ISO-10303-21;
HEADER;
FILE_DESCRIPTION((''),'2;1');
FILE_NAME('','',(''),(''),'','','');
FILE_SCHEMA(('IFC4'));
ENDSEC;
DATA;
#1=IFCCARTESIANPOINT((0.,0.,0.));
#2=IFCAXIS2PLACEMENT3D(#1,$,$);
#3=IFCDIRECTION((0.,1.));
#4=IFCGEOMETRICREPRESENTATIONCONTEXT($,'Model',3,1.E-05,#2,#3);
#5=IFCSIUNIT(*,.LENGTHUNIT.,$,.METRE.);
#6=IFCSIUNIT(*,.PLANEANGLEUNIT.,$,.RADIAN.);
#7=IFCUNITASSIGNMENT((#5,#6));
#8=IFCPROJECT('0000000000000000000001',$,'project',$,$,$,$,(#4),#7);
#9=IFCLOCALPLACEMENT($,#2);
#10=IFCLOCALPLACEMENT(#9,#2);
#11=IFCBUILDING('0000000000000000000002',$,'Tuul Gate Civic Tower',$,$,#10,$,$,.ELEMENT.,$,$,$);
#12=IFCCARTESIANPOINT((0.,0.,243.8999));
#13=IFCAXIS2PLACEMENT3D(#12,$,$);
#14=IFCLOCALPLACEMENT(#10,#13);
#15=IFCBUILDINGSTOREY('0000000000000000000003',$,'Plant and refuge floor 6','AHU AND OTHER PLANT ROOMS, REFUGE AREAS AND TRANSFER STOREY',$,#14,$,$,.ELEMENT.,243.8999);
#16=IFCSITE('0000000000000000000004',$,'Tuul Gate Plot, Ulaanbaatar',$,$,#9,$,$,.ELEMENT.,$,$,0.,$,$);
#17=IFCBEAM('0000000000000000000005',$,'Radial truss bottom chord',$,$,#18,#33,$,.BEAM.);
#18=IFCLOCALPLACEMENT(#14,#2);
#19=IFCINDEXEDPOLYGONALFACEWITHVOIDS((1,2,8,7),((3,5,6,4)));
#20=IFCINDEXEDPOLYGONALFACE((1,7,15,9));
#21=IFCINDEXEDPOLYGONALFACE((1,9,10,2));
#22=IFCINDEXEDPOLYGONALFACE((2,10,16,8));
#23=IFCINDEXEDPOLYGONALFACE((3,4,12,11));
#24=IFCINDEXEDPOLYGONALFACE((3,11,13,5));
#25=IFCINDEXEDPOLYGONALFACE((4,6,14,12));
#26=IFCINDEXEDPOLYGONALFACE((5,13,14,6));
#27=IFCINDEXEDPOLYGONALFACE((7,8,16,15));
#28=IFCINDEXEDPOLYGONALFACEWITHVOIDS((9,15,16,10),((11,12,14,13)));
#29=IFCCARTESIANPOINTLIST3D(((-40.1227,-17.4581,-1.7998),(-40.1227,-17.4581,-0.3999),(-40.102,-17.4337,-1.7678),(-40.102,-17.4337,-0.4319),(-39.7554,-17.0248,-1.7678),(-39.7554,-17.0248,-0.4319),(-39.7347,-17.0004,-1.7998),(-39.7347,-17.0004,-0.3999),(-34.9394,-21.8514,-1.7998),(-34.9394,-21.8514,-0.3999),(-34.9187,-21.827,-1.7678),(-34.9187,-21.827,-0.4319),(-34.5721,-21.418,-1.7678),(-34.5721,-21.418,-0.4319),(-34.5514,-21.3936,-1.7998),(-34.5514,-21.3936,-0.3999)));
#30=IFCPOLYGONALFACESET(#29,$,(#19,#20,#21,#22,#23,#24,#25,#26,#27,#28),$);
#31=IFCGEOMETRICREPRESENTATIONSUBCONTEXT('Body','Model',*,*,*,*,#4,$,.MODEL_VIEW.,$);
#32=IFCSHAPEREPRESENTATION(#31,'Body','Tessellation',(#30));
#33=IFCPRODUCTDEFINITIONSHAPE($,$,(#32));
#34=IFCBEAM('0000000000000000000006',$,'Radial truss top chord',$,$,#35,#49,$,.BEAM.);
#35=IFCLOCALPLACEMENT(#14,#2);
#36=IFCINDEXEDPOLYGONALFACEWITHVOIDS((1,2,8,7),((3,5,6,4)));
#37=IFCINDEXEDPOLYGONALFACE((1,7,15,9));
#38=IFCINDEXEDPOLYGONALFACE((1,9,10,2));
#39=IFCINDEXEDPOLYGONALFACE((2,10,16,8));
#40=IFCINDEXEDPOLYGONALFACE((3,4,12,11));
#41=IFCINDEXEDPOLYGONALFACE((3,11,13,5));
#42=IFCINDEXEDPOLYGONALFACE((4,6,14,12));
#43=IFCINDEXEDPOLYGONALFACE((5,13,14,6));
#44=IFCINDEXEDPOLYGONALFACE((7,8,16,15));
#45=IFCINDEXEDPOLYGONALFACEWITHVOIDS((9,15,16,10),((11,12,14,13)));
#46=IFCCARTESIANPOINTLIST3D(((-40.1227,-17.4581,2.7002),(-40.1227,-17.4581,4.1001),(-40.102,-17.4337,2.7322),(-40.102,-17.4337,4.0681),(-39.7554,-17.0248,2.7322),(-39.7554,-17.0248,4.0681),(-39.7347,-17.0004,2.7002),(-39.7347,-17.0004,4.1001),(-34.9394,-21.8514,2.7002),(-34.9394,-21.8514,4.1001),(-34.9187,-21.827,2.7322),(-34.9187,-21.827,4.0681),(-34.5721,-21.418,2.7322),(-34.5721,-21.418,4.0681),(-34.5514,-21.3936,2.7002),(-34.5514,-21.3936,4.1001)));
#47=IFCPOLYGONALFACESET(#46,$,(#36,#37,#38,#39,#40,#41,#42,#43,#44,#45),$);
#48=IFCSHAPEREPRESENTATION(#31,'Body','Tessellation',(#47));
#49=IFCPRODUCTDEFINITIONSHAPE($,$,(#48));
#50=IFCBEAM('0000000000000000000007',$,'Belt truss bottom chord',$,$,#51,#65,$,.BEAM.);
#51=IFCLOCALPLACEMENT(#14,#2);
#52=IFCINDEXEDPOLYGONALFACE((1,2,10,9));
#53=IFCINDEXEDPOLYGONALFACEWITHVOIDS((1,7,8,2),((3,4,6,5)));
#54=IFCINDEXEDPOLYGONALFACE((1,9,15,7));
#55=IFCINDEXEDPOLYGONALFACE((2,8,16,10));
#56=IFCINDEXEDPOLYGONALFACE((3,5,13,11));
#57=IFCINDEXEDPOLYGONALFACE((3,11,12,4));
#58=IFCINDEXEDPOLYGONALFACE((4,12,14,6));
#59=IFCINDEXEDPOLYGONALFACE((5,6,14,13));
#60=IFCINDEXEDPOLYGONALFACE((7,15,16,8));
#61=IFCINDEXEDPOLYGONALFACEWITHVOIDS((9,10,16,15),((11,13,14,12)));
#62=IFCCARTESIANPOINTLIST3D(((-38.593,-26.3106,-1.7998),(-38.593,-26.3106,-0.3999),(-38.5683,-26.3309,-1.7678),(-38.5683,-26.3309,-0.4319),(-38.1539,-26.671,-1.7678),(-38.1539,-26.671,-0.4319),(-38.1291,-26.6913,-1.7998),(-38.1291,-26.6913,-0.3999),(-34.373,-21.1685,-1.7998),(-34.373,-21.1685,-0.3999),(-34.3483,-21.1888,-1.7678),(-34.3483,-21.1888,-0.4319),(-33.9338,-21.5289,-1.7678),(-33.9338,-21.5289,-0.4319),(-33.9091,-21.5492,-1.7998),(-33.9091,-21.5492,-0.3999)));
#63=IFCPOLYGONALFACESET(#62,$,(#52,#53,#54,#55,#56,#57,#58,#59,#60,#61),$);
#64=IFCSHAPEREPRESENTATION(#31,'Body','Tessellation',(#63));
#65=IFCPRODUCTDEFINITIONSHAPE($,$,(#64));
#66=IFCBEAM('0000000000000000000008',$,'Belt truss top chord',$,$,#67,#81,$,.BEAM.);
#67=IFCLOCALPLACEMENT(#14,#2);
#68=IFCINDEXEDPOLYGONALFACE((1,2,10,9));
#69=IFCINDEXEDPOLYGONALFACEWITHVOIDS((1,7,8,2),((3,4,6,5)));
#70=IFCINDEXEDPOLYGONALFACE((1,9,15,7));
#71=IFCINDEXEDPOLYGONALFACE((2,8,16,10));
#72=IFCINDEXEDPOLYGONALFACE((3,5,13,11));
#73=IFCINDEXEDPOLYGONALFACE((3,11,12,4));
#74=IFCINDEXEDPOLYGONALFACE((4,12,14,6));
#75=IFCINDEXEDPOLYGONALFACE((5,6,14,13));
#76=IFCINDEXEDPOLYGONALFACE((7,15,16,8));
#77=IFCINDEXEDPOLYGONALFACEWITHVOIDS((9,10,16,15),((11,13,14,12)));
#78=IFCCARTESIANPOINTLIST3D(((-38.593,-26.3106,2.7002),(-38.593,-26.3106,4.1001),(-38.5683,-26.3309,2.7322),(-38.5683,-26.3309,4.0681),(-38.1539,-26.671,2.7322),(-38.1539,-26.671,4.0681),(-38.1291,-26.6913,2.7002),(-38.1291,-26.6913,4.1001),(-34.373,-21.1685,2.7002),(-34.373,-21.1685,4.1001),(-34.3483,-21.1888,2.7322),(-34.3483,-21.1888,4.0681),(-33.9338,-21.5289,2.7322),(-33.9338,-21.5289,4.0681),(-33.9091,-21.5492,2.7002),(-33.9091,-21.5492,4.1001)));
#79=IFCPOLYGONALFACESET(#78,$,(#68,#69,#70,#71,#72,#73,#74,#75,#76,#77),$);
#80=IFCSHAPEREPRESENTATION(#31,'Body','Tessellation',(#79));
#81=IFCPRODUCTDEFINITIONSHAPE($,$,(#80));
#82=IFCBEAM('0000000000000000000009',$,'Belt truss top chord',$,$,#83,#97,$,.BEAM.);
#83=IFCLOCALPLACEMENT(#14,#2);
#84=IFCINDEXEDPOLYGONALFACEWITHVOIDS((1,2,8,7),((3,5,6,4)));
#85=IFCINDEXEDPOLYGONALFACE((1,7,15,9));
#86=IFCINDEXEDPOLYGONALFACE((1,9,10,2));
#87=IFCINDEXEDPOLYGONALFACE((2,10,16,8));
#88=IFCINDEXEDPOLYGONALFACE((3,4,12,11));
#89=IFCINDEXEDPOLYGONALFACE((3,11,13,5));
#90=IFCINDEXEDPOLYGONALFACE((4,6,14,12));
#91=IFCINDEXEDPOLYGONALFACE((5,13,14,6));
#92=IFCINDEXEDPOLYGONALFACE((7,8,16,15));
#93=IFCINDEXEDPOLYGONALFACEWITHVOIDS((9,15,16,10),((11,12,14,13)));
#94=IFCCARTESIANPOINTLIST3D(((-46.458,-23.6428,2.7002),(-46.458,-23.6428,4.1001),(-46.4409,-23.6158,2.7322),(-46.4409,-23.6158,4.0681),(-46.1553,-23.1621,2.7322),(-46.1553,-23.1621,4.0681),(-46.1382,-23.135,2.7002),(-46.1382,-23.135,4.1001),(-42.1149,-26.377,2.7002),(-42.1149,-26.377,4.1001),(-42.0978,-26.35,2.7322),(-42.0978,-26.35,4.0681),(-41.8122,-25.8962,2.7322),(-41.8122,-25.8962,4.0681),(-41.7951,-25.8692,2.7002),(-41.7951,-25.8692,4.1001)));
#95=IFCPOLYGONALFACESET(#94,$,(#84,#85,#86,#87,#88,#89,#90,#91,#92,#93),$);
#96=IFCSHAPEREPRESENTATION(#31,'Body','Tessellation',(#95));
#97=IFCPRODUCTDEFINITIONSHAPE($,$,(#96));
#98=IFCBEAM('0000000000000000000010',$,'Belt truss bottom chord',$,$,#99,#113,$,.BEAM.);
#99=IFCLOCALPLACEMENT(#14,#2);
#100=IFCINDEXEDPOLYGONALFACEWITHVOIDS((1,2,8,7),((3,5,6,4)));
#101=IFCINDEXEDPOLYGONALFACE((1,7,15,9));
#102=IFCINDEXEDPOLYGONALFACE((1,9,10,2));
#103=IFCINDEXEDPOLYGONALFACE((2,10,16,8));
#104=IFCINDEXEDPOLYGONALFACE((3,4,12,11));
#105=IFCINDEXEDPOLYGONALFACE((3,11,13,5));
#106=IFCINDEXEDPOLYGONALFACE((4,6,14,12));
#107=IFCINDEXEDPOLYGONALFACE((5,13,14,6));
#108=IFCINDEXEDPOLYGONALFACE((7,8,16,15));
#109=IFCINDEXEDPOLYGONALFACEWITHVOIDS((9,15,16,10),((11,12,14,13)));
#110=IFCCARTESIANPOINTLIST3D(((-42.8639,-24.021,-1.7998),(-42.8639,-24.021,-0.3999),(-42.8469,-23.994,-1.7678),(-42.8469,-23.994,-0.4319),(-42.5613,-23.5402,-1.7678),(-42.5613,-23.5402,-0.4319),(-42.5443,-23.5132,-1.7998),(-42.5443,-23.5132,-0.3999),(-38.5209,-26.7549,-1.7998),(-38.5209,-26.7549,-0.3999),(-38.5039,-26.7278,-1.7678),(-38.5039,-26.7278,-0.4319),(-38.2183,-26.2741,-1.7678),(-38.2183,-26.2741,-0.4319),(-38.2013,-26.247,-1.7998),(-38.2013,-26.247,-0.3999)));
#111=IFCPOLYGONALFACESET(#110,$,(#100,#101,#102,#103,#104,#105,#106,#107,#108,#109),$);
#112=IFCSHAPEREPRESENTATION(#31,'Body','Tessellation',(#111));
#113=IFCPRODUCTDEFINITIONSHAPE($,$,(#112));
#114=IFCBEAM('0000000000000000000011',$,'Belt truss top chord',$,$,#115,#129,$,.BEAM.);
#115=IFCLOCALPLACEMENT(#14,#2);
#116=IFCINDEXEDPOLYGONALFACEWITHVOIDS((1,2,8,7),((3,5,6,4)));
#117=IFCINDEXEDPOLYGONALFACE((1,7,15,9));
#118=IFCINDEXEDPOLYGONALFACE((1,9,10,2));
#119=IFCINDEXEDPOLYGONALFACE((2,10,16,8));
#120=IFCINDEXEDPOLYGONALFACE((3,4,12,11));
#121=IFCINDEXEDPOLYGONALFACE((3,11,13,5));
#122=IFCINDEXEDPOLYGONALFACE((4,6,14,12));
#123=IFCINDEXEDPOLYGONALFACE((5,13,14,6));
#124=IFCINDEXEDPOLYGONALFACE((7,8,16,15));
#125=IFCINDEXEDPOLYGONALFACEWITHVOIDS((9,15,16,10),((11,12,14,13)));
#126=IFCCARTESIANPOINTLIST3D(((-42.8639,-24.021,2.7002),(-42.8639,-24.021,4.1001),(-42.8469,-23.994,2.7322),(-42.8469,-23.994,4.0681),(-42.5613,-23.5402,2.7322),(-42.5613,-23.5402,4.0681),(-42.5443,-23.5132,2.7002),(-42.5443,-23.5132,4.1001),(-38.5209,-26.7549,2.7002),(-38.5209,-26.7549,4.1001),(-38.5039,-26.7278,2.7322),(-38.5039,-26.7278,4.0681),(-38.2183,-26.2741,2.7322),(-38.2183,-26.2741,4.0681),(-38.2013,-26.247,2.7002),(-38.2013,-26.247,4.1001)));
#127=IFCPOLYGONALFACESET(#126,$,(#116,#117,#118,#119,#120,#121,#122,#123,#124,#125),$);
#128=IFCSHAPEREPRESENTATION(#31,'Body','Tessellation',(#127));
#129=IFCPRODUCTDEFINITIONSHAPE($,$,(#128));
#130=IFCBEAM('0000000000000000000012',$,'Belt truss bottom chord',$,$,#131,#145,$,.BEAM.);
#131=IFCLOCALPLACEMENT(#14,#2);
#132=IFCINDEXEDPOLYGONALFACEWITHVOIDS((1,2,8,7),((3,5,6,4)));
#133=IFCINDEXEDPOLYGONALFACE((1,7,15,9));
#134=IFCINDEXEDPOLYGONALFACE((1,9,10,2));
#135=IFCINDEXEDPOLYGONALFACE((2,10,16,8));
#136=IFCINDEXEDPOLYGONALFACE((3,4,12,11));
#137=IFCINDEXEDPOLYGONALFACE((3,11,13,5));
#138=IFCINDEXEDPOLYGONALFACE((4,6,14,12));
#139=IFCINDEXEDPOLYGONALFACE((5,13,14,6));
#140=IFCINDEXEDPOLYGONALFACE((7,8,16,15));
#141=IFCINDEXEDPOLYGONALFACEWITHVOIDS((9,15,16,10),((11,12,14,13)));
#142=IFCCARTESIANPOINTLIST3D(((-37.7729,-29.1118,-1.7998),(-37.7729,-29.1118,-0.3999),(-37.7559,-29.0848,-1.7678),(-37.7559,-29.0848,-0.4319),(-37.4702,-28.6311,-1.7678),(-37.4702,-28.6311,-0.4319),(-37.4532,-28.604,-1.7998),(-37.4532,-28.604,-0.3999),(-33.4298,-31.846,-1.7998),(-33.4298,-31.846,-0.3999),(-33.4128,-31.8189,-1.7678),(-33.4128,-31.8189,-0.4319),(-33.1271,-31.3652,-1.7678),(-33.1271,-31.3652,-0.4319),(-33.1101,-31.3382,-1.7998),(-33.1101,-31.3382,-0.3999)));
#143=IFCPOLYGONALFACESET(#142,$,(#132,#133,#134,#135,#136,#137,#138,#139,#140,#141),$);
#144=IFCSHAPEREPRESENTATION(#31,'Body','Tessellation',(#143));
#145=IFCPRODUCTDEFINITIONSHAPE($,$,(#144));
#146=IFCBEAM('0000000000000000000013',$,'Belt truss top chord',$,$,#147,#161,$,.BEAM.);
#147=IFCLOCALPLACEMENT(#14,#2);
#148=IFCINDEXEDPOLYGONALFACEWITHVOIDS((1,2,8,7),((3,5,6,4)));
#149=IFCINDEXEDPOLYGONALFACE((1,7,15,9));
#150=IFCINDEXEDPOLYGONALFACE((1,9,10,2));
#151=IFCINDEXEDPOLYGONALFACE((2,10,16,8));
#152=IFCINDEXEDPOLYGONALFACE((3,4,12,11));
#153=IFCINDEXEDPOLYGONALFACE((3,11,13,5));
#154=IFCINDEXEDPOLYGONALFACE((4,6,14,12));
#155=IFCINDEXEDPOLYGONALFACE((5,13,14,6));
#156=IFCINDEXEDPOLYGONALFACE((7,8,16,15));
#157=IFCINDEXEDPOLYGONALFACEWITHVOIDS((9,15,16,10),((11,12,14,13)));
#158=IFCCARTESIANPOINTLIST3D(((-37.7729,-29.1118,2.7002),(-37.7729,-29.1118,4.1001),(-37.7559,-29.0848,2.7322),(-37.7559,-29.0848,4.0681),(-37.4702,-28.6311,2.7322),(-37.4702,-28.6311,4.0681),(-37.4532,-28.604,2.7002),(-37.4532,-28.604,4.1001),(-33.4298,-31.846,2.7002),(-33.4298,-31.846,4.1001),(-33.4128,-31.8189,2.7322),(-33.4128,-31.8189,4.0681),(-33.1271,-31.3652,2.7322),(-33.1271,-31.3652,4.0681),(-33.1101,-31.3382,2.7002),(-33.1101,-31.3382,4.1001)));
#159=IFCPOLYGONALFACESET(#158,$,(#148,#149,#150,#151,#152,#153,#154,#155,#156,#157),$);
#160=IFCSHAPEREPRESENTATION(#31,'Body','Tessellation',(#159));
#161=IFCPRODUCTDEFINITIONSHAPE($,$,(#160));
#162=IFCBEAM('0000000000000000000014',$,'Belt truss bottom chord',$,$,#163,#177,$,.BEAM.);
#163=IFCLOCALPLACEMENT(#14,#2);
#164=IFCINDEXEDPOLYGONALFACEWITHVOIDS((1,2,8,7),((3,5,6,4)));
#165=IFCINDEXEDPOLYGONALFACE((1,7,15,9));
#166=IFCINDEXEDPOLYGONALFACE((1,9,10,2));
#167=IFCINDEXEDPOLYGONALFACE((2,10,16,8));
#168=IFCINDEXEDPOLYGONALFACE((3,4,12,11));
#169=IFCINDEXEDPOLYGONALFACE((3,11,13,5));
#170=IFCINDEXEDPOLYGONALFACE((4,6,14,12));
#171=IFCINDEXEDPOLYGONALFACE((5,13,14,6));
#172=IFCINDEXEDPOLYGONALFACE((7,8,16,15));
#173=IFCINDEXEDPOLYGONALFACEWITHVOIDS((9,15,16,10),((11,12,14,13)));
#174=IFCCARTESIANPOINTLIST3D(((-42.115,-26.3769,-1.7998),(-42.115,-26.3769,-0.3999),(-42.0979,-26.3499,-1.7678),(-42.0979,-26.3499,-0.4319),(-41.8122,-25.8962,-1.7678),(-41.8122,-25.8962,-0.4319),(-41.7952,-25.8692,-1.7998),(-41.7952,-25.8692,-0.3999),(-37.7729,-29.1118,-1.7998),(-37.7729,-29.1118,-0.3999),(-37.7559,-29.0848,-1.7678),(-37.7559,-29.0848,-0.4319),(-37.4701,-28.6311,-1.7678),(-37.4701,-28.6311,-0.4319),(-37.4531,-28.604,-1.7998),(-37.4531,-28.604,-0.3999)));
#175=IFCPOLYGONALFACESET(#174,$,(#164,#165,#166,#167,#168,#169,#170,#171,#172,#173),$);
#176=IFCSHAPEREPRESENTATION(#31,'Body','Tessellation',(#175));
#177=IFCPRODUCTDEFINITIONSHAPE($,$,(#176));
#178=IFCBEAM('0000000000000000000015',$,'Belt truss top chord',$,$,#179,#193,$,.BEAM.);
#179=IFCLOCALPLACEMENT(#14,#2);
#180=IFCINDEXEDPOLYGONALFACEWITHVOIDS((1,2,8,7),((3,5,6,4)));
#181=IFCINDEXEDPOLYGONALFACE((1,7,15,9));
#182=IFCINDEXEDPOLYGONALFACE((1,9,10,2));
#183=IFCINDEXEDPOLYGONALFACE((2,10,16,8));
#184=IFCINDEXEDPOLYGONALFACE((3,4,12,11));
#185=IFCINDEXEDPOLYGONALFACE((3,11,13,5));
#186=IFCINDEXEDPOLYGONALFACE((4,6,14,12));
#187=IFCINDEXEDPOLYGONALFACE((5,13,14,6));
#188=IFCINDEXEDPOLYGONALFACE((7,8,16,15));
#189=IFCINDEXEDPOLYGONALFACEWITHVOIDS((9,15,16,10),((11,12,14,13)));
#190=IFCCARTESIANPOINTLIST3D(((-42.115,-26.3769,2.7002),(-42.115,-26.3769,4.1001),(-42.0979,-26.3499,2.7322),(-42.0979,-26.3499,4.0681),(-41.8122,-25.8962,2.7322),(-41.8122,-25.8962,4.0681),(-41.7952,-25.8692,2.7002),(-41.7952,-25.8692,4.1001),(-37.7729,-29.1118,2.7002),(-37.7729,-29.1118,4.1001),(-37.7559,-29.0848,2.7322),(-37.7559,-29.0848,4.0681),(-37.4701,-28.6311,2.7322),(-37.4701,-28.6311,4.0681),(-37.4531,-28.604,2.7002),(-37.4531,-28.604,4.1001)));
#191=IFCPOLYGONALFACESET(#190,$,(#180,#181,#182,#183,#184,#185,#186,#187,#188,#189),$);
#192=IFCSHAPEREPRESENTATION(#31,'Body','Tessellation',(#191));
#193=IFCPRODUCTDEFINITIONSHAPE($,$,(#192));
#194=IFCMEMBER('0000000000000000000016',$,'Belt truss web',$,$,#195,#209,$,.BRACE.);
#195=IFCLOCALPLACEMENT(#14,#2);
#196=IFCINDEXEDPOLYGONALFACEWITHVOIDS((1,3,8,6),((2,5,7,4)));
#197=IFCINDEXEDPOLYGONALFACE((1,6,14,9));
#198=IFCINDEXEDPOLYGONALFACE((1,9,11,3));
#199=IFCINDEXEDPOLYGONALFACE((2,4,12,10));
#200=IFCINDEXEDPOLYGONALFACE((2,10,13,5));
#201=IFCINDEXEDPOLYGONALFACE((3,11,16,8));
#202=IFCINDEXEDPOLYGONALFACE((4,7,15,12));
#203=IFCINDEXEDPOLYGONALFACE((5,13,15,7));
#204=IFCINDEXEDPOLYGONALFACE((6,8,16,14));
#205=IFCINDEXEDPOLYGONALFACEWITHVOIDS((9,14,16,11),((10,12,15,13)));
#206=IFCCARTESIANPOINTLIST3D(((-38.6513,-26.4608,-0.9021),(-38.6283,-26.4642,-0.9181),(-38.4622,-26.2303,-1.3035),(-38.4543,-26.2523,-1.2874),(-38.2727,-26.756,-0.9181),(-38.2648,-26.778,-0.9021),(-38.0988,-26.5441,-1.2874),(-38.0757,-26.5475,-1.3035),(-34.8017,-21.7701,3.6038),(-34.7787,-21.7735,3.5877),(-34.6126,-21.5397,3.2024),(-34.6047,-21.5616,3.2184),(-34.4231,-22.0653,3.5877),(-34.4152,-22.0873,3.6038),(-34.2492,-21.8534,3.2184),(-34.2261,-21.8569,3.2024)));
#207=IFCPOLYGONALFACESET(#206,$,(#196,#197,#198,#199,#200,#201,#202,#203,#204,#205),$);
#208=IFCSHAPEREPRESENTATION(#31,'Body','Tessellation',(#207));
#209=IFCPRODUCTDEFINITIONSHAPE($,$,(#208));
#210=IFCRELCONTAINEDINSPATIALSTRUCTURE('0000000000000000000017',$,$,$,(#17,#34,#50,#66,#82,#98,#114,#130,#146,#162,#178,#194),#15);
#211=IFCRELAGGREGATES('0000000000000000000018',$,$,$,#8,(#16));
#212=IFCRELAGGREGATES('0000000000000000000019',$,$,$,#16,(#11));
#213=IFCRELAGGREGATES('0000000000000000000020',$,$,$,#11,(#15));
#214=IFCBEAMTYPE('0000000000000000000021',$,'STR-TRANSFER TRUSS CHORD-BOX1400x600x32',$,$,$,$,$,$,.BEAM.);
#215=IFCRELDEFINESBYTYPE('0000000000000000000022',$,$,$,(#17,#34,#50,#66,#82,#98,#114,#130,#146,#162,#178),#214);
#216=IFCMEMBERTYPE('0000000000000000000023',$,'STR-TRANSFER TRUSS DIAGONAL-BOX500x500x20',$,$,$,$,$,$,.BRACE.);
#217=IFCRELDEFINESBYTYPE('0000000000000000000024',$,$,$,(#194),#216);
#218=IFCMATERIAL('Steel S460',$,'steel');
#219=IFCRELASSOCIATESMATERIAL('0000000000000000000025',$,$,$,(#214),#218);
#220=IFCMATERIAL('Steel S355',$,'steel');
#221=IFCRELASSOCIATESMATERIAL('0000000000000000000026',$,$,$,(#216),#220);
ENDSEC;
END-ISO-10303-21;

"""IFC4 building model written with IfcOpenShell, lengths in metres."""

from ifc_helpers import new_model, si_unit, direction, frame, origin, origin_2d, place, context, subcontext, project, spatial, hollow_rectangle, extrude, material, material_profile, profile_set, type_object, element, save


model = new_model("IFC4")

# Units and contexts
model_context = context("Model", 3, precision=1e-05, world=origin(), true_north=direction((0.0, 1.0)))
body_context = subcontext(model_context, "Body", "Model", "MODEL_VIEW")
ifc_project = project(units=[si_unit("LENGTHUNIT", "METRE"), si_unit("PLANEANGLEUNIT", "RADIAN")], contexts=[model_context])

# Site, building, storey
site_placement = place(None, origin())
site = spatial("IfcSite", under=ifc_project, at=site_placement, Name="Tuul Gate Plot, Ulaanbaatar", CompositionType="ELEMENT", RefElevation=0.0)
building_placement = place(site_placement, origin())
building = spatial("IfcBuilding", under=site, at=building_placement, Name="Tuul Gate Civic Tower", CompositionType="ELEMENT")
storey_placement = place(building_placement, frame((0.0, 0.0, 243.8999)))
storey = spatial("IfcBuildingStorey", under=building, at=storey_placement, Name="Plant and refuge floor 6", Description="AHU AND OTHER PLANT ROOMS, REFUGE AREAS AND TRANSFER STOREY", CompositionType="ELEMENT", Elevation=243.8999)

# Beams
ifc_material_1 = material(Name="Steel S460", Category="steel")
ifc_material_profile_1 = material_profile(ifc_material_1, hollow_rectangle(XDim=0.6001, YDim=1.3999, WallThickness=0.032, at=origin_2d()), Name="BOX1400x600x32")
ifc_profile_set_1 = profile_set([ifc_material_profile_1], Name="Steel S460")
beam_type = type_object("IfcBeamType", Name="STR-TRANSFER TRUSS CHORD-BOX1400x600x32", PredefinedType="BEAM", material=ifc_profile_set_1)
for number, where, z_axis, x_axis, name in (
    (1, (-39.9287, -17.2292, -1.0999), (0.762849, -0.646577, 0.0), (0.646577, 0.762849, 0.0), "Radial truss bottom chord"),
    (2, (-39.9287, -17.2292, 3.4001), (0.762849, -0.646577, 0.0), (0.646577, 0.762849, 0.0), "Radial truss top chord"),
):
    element("IfcBeam", number, at=place(storey_placement, frame(where, z_axis=z_axis, x_axis=x_axis)), inside=storey, type_object=beam_type, Name=name, PredefinedType="BEAM", context=body_context, shape_type="SweptSolid", body=[
        extrude(hollow_rectangle(XDim=0.6001, YDim=1.3999, WallThickness=0.032, at=origin_2d()), origin(), (0.0, 0.0, 1.0), 6.7947),
    ])
for number, where, z_axis, x_axis, name in (
    (3, (-38.3611, -26.501, -1.0999), (0.63439, 0.773013, 0.0), (-0.773013, 0.63439, 0.0), "Belt truss bottom chord"),
    (4, (-38.3611, -26.501, 3.4001), (0.63439, 0.773013, 0.0), (-0.773013, 0.63439, 0.0), "Belt truss top chord"),
):
    element("IfcBeam", number, at=place(storey_placement, frame(where, z_axis=z_axis, x_axis=x_axis)), inside=storey, type_object=beam_type, Name=name, PredefinedType="BEAM", context=body_context, shape_type="SweptSolid", body=[
        extrude(hollow_rectangle(XDim=0.6001, YDim=1.3999, WallThickness=0.032, at=origin_2d()), origin(), (0.0, 0.0, 1.0), 6.6521),
    ])
beam_placement = place(storey_placement, frame((-46.2981, -23.3889, 3.4001), z_axis=(0.846265, -0.532763, 0.0), x_axis=(0.532763, 0.846265, 0.0)))
element("IfcBeam", 5, at=beam_placement, inside=storey, type_object=beam_type, Name="Belt truss top chord", PredefinedType="BEAM", context=body_context, shape_type="SweptSolid", body=[
    extrude(hollow_rectangle(XDim=0.6001, YDim=1.3999, WallThickness=0.032, at=origin_2d()), origin(), (0.0, 0.0, 1.0), 5.1321),
])
for number, where, z_axis, x_axis, name in (
    (6, (-42.7041, -23.7671, -1.0999), (0.846286, -0.532729, 0.0), (0.532729, 0.846286, 0.0), "Belt truss bottom chord"),
    (7, (-42.7041, -23.7671, 3.4001), (0.846286, -0.532729, 0.0), (0.532729, 0.846286, 0.0), "Belt truss top chord"),
):
    element("IfcBeam", number, at=place(storey_placement, frame(where, z_axis=z_axis, x_axis=x_axis)), inside=storey, type_object=beam_type, Name=name, PredefinedType="BEAM", context=body_context, shape_type="SweptSolid", body=[
        extrude(hollow_rectangle(XDim=0.6001, YDim=1.3999, WallThickness=0.032, at=origin_2d()), origin(), (0.0, 0.0, 1.0), 5.1318),
    ])
for number, where, z_axis, x_axis, name in (
    (8, (-37.613, -28.8579, -1.0999), (0.846265, -0.532763, 0.0), (0.532763, 0.846265, 0.0), "Belt truss bottom chord"),
    (9, (-37.613, -28.8579, 3.4001), (0.846265, -0.532763, 0.0), (0.532763, 0.846265, 0.0), "Belt truss top chord"),
):
    element("IfcBeam", number, at=place(storey_placement, frame(where, z_axis=z_axis, x_axis=x_axis)), inside=storey, type_object=beam_type, Name=name, PredefinedType="BEAM", context=body_context, shape_type="SweptSolid", body=[
        extrude(hollow_rectangle(XDim=0.6001, YDim=1.3999, WallThickness=0.032, at=origin_2d()), origin(), (0.0, 0.0, 1.0), 5.1321),
    ])
for number, where, z_axis, x_axis, name in (
    (10, (-41.9551, -26.123, -1.0999), (0.846146, -0.532951, 0.0), (0.532951, 0.846146, 0.0), "Belt truss bottom chord"),
    (11, (-41.9551, -26.123, 3.4001), (0.846146, -0.532951, 0.0), (0.532951, 0.846146, 0.0), "Belt truss top chord"),
):
    element("IfcBeam", number, at=place(storey_placement, frame(where, z_axis=z_axis, x_axis=x_axis)), inside=storey, type_object=beam_type, Name=name, PredefinedType="BEAM", context=body_context, shape_type="SweptSolid", body=[
        extrude(hollow_rectangle(XDim=0.6001, YDim=1.3999, WallThickness=0.032, at=origin_2d()), origin(), (0.0, 0.0, 1.0), 5.1316),
    ])

# Member
ifc_material_2 = material(Name="Steel S355", Category="steel")
ifc_material_profile_2 = material_profile(ifc_material_2, hollow_rectangle(XDim=0.5, YDim=0.5, WallThickness=0.02, at=origin_2d()), Name="BOX500x500x20")
ifc_profile_set_2 = profile_set([ifc_material_profile_2], Name="Steel S355")
member_type_1 = type_object("IfcMemberType", Name="STR-TRANSFER TRUSS DIAGONAL-BOX500x500x20", PredefinedType="BRACE", material=ifc_profile_set_2)
member_1_placement = place(storey_placement, frame((-38.3635, -26.5042, -1.1028), z_axis=(0.509336, 0.620617, 0.596164), x_axis=(-0.773005, 0.6344, 0.0)))
element("IfcMember", 12, at=member_1_placement, inside=storey, type_object=member_type_1, Name="Belt truss web", PredefinedType="BRACE", context=body_context, shape_type="SweptSolid", body=[
    extrude(hollow_rectangle(XDim=0.5, YDim=0.5, WallThickness=0.02, at=origin_2d()), origin(), (0.0, 0.0, 1.0), 7.5581),
])

save(model, "model.ifc")
